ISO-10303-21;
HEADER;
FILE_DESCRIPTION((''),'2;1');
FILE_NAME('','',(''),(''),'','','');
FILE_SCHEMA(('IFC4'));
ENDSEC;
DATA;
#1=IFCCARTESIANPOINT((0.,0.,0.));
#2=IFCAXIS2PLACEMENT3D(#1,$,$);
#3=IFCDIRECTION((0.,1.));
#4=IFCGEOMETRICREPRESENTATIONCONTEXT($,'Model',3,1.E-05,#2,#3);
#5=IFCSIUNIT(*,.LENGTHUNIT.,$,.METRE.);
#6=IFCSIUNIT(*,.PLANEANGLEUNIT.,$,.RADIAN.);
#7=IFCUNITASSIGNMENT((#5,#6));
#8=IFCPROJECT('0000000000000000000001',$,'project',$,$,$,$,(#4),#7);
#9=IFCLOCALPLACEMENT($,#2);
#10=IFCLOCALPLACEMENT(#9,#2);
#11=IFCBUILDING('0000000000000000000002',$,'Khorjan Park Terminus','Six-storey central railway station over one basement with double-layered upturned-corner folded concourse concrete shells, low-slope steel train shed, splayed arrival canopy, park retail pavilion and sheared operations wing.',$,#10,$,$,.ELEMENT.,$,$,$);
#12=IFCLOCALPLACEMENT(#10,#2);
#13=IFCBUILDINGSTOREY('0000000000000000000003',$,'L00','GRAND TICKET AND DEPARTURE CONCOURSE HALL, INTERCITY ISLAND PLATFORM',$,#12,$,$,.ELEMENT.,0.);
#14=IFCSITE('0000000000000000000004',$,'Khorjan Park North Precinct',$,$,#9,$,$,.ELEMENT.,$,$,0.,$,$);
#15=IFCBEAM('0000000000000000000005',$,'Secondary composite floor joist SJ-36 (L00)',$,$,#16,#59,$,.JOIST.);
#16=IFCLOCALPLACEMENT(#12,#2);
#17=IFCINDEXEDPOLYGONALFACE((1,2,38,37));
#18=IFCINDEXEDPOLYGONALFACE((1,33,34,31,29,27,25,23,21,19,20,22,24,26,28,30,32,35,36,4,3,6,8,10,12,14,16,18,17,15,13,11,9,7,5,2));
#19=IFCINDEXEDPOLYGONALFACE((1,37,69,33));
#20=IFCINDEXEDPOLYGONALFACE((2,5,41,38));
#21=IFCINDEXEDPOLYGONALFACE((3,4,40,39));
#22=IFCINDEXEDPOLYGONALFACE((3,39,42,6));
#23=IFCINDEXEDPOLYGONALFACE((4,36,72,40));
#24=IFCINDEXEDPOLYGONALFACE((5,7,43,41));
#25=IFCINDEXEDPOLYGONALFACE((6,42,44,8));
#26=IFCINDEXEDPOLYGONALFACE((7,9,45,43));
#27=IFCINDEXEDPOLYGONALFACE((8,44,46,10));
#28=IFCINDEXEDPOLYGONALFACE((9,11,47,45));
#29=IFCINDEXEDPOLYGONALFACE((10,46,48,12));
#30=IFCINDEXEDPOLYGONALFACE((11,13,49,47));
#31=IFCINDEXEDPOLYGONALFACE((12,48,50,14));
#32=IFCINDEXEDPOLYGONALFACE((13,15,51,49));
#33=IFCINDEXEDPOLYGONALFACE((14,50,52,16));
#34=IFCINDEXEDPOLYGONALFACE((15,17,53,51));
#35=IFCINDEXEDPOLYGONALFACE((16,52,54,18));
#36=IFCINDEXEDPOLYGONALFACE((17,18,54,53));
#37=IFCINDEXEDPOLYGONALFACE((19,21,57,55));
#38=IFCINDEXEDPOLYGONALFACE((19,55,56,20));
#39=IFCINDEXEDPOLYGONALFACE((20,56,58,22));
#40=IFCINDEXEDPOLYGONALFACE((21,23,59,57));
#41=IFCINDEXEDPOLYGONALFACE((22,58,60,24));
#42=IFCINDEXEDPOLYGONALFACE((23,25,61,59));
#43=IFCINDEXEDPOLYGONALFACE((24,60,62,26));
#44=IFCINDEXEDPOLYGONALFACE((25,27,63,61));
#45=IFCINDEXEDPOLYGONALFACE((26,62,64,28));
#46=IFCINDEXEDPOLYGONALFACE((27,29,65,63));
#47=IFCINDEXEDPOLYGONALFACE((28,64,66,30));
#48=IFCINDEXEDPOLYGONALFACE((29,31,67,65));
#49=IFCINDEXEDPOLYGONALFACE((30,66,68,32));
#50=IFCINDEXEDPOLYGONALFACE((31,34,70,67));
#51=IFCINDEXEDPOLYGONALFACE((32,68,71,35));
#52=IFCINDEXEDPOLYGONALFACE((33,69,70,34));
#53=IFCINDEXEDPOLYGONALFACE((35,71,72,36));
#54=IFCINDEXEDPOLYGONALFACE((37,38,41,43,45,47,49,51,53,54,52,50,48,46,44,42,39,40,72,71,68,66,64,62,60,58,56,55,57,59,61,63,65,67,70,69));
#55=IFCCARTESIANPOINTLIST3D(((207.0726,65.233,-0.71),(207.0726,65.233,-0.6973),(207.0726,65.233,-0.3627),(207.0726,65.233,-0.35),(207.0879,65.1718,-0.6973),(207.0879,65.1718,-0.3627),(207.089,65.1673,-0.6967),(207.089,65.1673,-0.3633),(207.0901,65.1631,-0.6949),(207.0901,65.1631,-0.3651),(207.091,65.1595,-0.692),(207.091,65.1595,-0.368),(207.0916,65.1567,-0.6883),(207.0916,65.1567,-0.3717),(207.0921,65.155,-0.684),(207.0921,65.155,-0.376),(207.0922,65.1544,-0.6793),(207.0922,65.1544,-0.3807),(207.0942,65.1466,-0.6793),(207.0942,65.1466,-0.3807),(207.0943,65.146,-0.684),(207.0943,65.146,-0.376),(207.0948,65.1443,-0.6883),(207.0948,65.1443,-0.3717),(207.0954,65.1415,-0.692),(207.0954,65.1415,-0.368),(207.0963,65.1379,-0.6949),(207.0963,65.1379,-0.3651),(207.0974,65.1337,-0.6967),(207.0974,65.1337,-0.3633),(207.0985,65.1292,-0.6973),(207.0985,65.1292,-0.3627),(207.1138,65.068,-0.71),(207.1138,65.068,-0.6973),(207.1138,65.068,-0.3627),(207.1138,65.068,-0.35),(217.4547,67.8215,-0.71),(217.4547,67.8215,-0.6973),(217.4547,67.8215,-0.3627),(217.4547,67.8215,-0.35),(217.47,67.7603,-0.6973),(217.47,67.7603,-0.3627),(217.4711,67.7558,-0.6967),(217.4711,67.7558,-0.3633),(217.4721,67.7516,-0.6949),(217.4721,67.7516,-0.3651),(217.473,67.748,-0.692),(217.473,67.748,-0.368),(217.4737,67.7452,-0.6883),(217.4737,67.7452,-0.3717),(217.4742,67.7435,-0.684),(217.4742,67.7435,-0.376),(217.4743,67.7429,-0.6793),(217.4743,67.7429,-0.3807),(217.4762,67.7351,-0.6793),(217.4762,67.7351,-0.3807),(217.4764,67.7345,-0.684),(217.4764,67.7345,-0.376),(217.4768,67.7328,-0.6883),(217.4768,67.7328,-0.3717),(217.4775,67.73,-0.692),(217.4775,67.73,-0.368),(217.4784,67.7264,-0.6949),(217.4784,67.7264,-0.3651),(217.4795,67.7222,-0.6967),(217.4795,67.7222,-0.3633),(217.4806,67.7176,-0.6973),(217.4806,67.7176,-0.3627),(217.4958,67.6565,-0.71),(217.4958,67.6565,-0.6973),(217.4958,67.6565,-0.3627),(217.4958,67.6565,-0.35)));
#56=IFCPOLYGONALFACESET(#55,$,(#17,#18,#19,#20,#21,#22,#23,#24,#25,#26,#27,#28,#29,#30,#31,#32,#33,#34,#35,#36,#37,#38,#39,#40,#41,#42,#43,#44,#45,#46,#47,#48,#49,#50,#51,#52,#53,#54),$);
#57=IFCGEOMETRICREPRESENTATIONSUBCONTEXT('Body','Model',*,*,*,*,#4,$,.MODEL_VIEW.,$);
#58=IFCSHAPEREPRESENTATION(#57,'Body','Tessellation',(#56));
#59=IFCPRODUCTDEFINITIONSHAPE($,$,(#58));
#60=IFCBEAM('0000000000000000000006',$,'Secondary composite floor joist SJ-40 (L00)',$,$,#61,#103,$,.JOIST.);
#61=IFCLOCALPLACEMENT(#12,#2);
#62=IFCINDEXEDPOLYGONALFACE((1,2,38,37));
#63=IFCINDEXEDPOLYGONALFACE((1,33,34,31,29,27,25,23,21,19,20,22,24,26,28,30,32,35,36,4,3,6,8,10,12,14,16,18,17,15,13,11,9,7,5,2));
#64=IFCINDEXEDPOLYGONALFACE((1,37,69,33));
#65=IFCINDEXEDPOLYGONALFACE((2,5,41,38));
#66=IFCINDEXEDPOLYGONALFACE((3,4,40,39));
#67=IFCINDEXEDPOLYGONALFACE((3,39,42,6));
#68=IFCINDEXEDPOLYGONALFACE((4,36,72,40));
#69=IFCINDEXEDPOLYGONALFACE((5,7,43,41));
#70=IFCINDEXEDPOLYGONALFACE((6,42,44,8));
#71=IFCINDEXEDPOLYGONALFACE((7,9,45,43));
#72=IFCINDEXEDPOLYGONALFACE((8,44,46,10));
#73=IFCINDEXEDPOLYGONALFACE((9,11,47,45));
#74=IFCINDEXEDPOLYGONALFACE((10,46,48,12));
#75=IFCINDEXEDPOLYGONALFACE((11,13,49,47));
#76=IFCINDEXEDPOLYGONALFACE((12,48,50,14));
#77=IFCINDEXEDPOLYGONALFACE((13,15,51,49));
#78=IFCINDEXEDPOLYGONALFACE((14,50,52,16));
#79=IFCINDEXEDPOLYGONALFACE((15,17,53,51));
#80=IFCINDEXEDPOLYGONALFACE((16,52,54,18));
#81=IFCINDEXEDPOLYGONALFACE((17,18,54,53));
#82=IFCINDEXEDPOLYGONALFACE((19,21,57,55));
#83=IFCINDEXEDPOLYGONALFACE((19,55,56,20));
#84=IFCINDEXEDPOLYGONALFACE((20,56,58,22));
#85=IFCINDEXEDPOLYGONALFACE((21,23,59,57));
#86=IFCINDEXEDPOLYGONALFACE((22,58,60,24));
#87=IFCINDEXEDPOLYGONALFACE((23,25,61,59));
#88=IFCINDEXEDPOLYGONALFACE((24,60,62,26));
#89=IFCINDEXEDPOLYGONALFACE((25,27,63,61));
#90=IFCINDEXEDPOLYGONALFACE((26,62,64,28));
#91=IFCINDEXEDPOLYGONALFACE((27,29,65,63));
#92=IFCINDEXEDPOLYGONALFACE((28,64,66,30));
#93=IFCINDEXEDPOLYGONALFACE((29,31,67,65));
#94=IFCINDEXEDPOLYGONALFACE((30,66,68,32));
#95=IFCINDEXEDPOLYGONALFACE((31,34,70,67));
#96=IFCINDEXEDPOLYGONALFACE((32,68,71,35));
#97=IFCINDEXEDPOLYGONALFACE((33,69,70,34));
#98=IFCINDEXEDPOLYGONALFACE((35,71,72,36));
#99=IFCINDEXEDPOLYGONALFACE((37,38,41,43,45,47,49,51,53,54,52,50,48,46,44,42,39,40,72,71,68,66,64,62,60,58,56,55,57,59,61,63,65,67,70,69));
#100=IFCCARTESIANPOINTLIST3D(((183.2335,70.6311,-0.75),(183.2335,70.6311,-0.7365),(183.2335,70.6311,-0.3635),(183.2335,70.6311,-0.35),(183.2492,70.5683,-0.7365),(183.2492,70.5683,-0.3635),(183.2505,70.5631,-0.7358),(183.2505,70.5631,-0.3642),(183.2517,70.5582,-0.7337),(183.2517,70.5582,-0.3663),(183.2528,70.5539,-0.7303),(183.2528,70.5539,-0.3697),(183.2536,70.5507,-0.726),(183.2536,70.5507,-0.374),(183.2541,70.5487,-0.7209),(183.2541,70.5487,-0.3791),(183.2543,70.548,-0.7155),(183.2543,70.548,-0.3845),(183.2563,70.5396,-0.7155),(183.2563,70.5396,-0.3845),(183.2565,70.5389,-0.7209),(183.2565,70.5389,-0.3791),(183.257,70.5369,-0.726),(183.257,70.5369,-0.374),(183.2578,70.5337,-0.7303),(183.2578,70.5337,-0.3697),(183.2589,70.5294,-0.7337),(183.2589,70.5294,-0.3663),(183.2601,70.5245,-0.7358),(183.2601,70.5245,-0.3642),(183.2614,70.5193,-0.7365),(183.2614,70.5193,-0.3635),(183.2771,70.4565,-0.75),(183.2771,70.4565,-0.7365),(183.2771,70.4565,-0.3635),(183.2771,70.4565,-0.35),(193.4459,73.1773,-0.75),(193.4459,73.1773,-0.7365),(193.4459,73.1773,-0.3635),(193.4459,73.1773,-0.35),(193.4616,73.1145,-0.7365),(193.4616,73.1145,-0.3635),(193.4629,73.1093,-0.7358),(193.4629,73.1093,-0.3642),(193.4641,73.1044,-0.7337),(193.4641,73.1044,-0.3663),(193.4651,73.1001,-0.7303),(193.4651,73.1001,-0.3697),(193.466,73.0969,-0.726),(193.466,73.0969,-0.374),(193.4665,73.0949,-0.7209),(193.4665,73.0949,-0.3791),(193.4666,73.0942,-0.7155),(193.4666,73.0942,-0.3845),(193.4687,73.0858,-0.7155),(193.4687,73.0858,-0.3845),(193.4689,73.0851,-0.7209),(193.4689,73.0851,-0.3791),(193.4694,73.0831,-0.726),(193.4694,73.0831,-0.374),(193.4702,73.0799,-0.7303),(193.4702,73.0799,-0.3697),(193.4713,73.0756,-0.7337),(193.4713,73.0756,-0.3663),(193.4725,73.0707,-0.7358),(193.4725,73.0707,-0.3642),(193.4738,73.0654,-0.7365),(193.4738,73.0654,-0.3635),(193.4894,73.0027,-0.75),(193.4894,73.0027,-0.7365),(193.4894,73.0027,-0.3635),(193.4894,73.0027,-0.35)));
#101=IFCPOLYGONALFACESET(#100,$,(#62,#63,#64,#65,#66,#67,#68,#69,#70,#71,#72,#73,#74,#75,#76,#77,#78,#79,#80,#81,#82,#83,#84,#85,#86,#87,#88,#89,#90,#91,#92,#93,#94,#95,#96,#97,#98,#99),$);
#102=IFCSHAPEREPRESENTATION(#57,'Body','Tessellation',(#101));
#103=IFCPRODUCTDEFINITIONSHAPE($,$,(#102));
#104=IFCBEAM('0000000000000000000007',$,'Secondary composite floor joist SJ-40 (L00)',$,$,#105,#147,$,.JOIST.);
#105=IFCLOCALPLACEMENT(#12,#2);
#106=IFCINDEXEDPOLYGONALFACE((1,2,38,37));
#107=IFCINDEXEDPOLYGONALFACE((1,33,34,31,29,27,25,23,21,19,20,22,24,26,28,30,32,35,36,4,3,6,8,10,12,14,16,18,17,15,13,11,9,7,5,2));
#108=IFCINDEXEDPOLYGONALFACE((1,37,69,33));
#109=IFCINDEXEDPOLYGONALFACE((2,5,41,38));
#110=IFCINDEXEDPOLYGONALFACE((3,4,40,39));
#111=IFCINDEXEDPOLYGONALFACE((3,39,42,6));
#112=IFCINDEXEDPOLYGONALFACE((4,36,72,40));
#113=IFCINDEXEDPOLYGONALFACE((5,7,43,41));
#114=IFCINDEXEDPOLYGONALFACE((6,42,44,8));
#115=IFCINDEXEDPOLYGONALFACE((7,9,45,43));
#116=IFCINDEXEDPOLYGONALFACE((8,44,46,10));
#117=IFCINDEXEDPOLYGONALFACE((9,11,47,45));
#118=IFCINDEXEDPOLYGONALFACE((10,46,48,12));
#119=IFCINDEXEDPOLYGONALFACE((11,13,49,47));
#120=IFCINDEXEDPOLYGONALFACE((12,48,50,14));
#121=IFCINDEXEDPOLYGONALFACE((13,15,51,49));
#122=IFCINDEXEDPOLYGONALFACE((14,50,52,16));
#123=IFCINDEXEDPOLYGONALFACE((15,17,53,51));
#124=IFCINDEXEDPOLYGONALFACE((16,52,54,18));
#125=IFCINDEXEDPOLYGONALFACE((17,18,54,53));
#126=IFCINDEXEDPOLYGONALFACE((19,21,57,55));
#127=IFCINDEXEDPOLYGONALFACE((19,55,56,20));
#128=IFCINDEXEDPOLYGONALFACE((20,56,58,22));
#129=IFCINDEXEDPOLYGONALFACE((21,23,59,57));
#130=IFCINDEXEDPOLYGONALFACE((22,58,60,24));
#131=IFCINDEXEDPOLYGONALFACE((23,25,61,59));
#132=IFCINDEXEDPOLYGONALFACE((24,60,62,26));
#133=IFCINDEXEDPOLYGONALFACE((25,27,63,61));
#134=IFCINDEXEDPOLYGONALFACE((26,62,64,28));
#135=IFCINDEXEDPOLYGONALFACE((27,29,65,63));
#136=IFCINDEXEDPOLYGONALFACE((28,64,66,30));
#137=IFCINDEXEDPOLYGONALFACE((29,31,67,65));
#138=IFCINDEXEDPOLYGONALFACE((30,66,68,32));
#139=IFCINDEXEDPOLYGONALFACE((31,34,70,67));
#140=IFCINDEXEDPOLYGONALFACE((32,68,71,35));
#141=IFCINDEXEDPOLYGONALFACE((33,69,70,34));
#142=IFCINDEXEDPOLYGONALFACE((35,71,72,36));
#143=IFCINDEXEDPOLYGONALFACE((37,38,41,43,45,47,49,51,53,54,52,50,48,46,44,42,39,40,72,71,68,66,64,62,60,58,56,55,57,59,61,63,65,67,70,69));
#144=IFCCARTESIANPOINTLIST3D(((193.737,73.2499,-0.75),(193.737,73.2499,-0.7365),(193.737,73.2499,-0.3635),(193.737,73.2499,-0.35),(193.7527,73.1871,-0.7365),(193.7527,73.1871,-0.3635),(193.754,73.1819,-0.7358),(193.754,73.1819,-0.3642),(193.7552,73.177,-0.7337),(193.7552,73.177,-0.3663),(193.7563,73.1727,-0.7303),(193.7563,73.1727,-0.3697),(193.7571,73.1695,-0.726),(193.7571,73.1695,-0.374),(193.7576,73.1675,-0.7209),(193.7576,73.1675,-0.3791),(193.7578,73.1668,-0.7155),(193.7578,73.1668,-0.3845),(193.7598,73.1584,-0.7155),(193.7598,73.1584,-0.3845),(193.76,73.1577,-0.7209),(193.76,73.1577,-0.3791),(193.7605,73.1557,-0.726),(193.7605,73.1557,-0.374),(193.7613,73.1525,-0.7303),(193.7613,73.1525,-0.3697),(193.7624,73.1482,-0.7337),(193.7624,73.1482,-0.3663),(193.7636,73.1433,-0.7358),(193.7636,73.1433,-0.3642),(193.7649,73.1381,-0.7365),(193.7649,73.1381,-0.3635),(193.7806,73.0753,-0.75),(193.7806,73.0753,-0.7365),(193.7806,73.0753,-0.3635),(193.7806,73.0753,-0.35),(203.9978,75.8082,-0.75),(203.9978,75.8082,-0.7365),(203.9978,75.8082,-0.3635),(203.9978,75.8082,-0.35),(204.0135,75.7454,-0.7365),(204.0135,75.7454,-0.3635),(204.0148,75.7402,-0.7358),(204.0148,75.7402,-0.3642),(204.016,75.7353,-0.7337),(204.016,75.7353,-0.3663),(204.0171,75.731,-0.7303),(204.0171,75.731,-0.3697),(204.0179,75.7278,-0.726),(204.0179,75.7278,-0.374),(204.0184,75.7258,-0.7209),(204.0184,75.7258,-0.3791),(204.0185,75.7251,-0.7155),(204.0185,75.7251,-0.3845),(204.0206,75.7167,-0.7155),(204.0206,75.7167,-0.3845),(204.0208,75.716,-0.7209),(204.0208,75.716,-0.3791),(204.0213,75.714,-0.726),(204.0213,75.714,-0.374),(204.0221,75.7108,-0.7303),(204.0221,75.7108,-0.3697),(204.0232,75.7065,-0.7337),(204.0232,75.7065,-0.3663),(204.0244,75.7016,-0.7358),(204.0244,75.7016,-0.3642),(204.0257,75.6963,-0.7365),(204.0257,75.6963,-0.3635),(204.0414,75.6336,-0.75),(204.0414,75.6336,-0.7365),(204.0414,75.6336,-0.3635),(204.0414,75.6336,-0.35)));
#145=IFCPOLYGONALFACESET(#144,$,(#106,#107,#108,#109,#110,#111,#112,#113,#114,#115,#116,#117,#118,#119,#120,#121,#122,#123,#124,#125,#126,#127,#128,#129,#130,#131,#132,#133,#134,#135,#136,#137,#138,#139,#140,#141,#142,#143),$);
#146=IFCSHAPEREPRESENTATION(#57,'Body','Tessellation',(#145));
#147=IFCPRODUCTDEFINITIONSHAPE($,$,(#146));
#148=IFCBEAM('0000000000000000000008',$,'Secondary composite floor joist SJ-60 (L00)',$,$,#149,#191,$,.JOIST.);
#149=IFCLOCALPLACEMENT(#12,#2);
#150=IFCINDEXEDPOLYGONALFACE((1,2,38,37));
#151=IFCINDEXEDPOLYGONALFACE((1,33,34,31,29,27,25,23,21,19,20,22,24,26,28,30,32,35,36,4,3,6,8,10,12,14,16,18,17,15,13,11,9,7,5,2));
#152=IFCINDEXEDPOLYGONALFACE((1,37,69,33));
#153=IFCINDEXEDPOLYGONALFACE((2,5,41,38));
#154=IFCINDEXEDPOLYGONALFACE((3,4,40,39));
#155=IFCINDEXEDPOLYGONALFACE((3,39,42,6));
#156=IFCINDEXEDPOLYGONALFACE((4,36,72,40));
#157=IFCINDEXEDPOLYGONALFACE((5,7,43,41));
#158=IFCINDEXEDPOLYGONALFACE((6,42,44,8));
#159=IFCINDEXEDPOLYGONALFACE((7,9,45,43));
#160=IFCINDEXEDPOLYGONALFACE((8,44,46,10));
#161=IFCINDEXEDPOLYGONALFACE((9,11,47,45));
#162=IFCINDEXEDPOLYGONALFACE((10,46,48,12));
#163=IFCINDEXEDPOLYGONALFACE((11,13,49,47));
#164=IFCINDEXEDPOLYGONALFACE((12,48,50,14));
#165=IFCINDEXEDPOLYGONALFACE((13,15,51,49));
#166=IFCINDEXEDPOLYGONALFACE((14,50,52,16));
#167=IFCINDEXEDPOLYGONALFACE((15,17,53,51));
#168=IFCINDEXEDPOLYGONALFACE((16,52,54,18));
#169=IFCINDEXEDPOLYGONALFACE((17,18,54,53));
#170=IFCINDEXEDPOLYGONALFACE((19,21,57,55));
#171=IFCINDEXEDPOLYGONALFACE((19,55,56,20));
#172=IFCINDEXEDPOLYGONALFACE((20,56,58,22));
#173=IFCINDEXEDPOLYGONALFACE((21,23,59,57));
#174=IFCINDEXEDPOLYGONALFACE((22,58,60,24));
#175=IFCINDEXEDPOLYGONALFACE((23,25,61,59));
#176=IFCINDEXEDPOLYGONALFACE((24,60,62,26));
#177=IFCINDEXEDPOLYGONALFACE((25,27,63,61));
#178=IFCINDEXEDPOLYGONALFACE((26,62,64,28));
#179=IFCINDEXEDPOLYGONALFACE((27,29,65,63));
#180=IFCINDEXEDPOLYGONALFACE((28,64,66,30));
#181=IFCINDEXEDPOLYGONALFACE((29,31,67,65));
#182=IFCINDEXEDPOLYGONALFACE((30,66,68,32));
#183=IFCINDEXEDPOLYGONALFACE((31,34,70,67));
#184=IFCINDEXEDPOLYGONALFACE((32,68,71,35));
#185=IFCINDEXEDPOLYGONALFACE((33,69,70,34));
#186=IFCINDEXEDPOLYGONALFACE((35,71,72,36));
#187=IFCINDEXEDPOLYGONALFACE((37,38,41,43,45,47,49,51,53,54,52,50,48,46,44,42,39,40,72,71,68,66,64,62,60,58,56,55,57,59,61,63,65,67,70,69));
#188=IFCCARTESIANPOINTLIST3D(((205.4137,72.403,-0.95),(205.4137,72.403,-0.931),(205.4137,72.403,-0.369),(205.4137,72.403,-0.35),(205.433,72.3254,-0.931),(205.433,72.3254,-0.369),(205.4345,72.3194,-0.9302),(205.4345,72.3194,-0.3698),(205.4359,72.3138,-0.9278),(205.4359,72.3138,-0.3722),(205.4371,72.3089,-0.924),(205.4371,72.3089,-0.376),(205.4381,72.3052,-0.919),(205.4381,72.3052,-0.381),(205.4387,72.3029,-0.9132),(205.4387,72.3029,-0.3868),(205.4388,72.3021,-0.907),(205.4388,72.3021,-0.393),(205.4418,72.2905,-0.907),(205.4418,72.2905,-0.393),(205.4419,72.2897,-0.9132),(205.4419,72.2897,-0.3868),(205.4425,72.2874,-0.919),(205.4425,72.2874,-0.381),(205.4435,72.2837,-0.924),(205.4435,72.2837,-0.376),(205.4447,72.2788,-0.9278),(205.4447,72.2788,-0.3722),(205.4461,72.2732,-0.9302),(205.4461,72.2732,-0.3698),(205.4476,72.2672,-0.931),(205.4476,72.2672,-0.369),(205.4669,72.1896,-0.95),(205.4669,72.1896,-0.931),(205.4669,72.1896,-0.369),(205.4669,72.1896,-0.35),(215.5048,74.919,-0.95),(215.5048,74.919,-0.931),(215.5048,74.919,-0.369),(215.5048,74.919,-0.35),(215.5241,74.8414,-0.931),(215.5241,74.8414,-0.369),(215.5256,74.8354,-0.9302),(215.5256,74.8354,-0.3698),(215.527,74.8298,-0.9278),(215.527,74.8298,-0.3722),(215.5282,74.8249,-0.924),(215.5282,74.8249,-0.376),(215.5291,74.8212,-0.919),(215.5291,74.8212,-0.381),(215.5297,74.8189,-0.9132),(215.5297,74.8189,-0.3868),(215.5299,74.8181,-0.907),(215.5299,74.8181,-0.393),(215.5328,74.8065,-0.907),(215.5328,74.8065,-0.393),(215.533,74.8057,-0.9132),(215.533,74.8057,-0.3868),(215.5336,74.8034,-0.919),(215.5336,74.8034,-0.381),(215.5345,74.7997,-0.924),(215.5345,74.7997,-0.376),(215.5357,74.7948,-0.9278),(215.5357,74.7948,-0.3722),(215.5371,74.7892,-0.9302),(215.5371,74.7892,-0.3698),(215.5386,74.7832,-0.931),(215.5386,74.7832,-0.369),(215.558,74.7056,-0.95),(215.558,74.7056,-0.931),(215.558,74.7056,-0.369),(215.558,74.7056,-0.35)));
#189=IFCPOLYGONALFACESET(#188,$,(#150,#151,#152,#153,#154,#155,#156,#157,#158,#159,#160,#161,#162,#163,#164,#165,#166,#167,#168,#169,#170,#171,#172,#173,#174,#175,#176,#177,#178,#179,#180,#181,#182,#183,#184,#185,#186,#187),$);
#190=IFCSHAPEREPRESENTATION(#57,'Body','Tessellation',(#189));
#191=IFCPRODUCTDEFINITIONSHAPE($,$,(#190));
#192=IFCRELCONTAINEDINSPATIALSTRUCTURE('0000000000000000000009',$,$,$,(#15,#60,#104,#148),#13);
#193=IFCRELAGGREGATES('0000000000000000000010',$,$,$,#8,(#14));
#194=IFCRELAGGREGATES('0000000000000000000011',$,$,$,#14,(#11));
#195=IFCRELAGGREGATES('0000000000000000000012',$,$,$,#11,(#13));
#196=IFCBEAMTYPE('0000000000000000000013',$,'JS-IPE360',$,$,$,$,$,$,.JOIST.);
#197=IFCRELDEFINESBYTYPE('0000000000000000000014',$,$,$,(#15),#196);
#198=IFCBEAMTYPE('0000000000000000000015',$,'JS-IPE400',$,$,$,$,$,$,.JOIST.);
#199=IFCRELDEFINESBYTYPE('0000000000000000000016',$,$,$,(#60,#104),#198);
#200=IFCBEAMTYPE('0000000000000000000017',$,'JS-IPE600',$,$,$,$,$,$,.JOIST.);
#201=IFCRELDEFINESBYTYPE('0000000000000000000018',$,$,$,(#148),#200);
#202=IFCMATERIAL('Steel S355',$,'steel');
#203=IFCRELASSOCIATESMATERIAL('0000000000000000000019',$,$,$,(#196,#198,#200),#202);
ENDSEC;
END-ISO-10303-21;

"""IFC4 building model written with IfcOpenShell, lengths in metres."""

from ifc_helpers import new_model, si_unit, direction, frame, origin, origin_2d, place, context, subcontext, project, spatial, i_section, extrude, material, material_profile, profile_set, type_object, element, save


model = new_model("IFC4")

# Units and contexts
model_context = context("Model", 3, precision=1e-05, world=origin(), true_north=direction((0.0, 1.0)))
body_context = subcontext(model_context, "Body", "Model", "MODEL_VIEW")
ifc_project = project(units=[si_unit("LENGTHUNIT", "METRE"), si_unit("PLANEANGLEUNIT", "RADIAN")], contexts=[model_context])

# Site, building, storey
site_placement = place(None, origin())
site = spatial("IfcSite", under=ifc_project, at=site_placement, Name="Khorjan Park North Precinct", CompositionType="ELEMENT", RefElevation=0.0)
building_placement = place(site_placement, origin())
building = spatial("IfcBuilding", under=site, at=building_placement, Name="Khorjan Park Terminus", Description="Six-storey central railway station over one basement with double-layered upturned-corner folded concourse concrete shells, low-slope steel train shed, splayed arrival canopy, park retail pavilion and sheared operations wing.", CompositionType="ELEMENT")
storey_placement = place(building_placement, origin())
storey = spatial("IfcBuildingStorey", under=building, at=storey_placement, Name="L00", Description="GRAND TICKET AND DEPARTURE CONCOURSE HALL, INTERCITY ISLAND PLATFORM", CompositionType="ELEMENT", Elevation=0.0)

# Beams
ifc_material_1 = material(Name="Steel S355", Category="steel")
ifc_material_profile_1 = material_profile(ifc_material_1, i_section(OverallWidth=0.17, OverallDepth=0.36, WebThickness=0.008, FlangeThickness=0.0127, FilletRadius=0.018, at=origin_2d()), Name="IPE 360")
ifc_profile_set_1 = profile_set([ifc_material_profile_1], Name="Steel S355")
beam_type_1 = type_object("IfcBeamType", Name="JS-IPE360", PredefinedType="JOIST", material=ifc_profile_set_1)
beam_1_placement = place(storey_placement, frame((207.0932, 65.1505, -0.53), z_axis=(0.970297, 0.241918, 0.0), x_axis=(-0.241918, 0.970297, 0.0)))
element("IfcBeam", 1, at=beam_1_placement, inside=storey, type_object=beam_type_1, Name="Secondary composite floor joist SJ-36 (L00)", PredefinedType="JOIST", context=body_context, shape_type="SweptSolid", body=[
    extrude(i_section(OverallWidth=0.17, OverallDepth=0.36, WebThickness=0.008, FlangeThickness=0.0127, FilletRadius=0.018, at=origin_2d()), origin(), (0.0, 0.0, 1.0), 10.6999),
])
ifc_material_profile_2 = material_profile(ifc_material_1, i_section(OverallWidth=0.18, OverallDepth=0.4, WebThickness=0.0086, FlangeThickness=0.0135, FilletRadius=0.021, at=origin_2d()), Name="IPE 400")
ifc_profile_set_2 = profile_set([ifc_material_profile_2], Name="Steel S355")
beam_type_2 = type_object("IfcBeamType", Name="JS-IPE400", PredefinedType="JOIST", material=ifc_profile_set_2)
beam_2_placement = place(storey_placement, frame((183.2553, 70.5438, -0.55), z_axis=(0.970297, 0.241919, 0.0), x_axis=(-0.241919, 0.970297, 0.0)))
element("IfcBeam", 2, at=beam_2_placement, inside=storey, type_object=beam_type_2, Name="Secondary composite floor joist SJ-40 (L00)", PredefinedType="JOIST", context=body_context, shape_type="SweptSolid", body=[
    extrude(i_section(OverallWidth=0.18, OverallDepth=0.4, WebThickness=0.0086, FlangeThickness=0.0135, FilletRadius=0.021, at=origin_2d()), origin(), (0.0, 0.0, 1.0), 10.525),
])
beam_3_placement = place(storey_placement, frame((193.7588, 73.1626, -0.55), z_axis=(0.970296, 0.241921, 0.0), x_axis=(-0.241921, 0.970296, 0.0)))
element("IfcBeam", 3, at=beam_3_placement, inside=storey, type_object=beam_type_2, Name="Secondary composite floor joist SJ-40 (L00)", PredefinedType="JOIST", context=body_context, shape_type="SweptSolid", body=[
    extrude(i_section(OverallWidth=0.18, OverallDepth=0.4, WebThickness=0.0086, FlangeThickness=0.0135, FilletRadius=0.021, at=origin_2d()), origin(), (0.0, 0.0, 1.0), 10.5749),
])
ifc_material_profile_3 = material_profile(ifc_material_1, i_section(OverallWidth=0.22, OverallDepth=0.6, WebThickness=0.012, FlangeThickness=0.019, FilletRadius=0.024, at=origin_2d()), Name="IPE 600")
ifc_profile_set_3 = profile_set([ifc_material_profile_3], Name="Steel S355")
beam_type_3 = type_object("IfcBeamType", Name="JS-IPE600", PredefinedType="JOIST", material=ifc_profile_set_3)
beam_4_placement = place(storey_placement, frame((205.4403, 72.2963, -0.65), z_axis=(0.970296, 0.241922, 0.0), x_axis=(-0.241922, 0.970296, 0.0)))
element("IfcBeam", 4, at=beam_4_placement, inside=storey, type_object=beam_type_3, Name="Secondary composite floor joist SJ-60 (L00)", PredefinedType="JOIST", context=body_context, shape_type="SweptSolid", body=[
    extrude(i_section(OverallWidth=0.22, OverallDepth=0.6, WebThickness=0.012, FlangeThickness=0.019, FilletRadius=0.024, at=origin_2d()), origin(), (0.0, 0.0, 1.0), 10.4),
])

save(model, "model.ifc")
